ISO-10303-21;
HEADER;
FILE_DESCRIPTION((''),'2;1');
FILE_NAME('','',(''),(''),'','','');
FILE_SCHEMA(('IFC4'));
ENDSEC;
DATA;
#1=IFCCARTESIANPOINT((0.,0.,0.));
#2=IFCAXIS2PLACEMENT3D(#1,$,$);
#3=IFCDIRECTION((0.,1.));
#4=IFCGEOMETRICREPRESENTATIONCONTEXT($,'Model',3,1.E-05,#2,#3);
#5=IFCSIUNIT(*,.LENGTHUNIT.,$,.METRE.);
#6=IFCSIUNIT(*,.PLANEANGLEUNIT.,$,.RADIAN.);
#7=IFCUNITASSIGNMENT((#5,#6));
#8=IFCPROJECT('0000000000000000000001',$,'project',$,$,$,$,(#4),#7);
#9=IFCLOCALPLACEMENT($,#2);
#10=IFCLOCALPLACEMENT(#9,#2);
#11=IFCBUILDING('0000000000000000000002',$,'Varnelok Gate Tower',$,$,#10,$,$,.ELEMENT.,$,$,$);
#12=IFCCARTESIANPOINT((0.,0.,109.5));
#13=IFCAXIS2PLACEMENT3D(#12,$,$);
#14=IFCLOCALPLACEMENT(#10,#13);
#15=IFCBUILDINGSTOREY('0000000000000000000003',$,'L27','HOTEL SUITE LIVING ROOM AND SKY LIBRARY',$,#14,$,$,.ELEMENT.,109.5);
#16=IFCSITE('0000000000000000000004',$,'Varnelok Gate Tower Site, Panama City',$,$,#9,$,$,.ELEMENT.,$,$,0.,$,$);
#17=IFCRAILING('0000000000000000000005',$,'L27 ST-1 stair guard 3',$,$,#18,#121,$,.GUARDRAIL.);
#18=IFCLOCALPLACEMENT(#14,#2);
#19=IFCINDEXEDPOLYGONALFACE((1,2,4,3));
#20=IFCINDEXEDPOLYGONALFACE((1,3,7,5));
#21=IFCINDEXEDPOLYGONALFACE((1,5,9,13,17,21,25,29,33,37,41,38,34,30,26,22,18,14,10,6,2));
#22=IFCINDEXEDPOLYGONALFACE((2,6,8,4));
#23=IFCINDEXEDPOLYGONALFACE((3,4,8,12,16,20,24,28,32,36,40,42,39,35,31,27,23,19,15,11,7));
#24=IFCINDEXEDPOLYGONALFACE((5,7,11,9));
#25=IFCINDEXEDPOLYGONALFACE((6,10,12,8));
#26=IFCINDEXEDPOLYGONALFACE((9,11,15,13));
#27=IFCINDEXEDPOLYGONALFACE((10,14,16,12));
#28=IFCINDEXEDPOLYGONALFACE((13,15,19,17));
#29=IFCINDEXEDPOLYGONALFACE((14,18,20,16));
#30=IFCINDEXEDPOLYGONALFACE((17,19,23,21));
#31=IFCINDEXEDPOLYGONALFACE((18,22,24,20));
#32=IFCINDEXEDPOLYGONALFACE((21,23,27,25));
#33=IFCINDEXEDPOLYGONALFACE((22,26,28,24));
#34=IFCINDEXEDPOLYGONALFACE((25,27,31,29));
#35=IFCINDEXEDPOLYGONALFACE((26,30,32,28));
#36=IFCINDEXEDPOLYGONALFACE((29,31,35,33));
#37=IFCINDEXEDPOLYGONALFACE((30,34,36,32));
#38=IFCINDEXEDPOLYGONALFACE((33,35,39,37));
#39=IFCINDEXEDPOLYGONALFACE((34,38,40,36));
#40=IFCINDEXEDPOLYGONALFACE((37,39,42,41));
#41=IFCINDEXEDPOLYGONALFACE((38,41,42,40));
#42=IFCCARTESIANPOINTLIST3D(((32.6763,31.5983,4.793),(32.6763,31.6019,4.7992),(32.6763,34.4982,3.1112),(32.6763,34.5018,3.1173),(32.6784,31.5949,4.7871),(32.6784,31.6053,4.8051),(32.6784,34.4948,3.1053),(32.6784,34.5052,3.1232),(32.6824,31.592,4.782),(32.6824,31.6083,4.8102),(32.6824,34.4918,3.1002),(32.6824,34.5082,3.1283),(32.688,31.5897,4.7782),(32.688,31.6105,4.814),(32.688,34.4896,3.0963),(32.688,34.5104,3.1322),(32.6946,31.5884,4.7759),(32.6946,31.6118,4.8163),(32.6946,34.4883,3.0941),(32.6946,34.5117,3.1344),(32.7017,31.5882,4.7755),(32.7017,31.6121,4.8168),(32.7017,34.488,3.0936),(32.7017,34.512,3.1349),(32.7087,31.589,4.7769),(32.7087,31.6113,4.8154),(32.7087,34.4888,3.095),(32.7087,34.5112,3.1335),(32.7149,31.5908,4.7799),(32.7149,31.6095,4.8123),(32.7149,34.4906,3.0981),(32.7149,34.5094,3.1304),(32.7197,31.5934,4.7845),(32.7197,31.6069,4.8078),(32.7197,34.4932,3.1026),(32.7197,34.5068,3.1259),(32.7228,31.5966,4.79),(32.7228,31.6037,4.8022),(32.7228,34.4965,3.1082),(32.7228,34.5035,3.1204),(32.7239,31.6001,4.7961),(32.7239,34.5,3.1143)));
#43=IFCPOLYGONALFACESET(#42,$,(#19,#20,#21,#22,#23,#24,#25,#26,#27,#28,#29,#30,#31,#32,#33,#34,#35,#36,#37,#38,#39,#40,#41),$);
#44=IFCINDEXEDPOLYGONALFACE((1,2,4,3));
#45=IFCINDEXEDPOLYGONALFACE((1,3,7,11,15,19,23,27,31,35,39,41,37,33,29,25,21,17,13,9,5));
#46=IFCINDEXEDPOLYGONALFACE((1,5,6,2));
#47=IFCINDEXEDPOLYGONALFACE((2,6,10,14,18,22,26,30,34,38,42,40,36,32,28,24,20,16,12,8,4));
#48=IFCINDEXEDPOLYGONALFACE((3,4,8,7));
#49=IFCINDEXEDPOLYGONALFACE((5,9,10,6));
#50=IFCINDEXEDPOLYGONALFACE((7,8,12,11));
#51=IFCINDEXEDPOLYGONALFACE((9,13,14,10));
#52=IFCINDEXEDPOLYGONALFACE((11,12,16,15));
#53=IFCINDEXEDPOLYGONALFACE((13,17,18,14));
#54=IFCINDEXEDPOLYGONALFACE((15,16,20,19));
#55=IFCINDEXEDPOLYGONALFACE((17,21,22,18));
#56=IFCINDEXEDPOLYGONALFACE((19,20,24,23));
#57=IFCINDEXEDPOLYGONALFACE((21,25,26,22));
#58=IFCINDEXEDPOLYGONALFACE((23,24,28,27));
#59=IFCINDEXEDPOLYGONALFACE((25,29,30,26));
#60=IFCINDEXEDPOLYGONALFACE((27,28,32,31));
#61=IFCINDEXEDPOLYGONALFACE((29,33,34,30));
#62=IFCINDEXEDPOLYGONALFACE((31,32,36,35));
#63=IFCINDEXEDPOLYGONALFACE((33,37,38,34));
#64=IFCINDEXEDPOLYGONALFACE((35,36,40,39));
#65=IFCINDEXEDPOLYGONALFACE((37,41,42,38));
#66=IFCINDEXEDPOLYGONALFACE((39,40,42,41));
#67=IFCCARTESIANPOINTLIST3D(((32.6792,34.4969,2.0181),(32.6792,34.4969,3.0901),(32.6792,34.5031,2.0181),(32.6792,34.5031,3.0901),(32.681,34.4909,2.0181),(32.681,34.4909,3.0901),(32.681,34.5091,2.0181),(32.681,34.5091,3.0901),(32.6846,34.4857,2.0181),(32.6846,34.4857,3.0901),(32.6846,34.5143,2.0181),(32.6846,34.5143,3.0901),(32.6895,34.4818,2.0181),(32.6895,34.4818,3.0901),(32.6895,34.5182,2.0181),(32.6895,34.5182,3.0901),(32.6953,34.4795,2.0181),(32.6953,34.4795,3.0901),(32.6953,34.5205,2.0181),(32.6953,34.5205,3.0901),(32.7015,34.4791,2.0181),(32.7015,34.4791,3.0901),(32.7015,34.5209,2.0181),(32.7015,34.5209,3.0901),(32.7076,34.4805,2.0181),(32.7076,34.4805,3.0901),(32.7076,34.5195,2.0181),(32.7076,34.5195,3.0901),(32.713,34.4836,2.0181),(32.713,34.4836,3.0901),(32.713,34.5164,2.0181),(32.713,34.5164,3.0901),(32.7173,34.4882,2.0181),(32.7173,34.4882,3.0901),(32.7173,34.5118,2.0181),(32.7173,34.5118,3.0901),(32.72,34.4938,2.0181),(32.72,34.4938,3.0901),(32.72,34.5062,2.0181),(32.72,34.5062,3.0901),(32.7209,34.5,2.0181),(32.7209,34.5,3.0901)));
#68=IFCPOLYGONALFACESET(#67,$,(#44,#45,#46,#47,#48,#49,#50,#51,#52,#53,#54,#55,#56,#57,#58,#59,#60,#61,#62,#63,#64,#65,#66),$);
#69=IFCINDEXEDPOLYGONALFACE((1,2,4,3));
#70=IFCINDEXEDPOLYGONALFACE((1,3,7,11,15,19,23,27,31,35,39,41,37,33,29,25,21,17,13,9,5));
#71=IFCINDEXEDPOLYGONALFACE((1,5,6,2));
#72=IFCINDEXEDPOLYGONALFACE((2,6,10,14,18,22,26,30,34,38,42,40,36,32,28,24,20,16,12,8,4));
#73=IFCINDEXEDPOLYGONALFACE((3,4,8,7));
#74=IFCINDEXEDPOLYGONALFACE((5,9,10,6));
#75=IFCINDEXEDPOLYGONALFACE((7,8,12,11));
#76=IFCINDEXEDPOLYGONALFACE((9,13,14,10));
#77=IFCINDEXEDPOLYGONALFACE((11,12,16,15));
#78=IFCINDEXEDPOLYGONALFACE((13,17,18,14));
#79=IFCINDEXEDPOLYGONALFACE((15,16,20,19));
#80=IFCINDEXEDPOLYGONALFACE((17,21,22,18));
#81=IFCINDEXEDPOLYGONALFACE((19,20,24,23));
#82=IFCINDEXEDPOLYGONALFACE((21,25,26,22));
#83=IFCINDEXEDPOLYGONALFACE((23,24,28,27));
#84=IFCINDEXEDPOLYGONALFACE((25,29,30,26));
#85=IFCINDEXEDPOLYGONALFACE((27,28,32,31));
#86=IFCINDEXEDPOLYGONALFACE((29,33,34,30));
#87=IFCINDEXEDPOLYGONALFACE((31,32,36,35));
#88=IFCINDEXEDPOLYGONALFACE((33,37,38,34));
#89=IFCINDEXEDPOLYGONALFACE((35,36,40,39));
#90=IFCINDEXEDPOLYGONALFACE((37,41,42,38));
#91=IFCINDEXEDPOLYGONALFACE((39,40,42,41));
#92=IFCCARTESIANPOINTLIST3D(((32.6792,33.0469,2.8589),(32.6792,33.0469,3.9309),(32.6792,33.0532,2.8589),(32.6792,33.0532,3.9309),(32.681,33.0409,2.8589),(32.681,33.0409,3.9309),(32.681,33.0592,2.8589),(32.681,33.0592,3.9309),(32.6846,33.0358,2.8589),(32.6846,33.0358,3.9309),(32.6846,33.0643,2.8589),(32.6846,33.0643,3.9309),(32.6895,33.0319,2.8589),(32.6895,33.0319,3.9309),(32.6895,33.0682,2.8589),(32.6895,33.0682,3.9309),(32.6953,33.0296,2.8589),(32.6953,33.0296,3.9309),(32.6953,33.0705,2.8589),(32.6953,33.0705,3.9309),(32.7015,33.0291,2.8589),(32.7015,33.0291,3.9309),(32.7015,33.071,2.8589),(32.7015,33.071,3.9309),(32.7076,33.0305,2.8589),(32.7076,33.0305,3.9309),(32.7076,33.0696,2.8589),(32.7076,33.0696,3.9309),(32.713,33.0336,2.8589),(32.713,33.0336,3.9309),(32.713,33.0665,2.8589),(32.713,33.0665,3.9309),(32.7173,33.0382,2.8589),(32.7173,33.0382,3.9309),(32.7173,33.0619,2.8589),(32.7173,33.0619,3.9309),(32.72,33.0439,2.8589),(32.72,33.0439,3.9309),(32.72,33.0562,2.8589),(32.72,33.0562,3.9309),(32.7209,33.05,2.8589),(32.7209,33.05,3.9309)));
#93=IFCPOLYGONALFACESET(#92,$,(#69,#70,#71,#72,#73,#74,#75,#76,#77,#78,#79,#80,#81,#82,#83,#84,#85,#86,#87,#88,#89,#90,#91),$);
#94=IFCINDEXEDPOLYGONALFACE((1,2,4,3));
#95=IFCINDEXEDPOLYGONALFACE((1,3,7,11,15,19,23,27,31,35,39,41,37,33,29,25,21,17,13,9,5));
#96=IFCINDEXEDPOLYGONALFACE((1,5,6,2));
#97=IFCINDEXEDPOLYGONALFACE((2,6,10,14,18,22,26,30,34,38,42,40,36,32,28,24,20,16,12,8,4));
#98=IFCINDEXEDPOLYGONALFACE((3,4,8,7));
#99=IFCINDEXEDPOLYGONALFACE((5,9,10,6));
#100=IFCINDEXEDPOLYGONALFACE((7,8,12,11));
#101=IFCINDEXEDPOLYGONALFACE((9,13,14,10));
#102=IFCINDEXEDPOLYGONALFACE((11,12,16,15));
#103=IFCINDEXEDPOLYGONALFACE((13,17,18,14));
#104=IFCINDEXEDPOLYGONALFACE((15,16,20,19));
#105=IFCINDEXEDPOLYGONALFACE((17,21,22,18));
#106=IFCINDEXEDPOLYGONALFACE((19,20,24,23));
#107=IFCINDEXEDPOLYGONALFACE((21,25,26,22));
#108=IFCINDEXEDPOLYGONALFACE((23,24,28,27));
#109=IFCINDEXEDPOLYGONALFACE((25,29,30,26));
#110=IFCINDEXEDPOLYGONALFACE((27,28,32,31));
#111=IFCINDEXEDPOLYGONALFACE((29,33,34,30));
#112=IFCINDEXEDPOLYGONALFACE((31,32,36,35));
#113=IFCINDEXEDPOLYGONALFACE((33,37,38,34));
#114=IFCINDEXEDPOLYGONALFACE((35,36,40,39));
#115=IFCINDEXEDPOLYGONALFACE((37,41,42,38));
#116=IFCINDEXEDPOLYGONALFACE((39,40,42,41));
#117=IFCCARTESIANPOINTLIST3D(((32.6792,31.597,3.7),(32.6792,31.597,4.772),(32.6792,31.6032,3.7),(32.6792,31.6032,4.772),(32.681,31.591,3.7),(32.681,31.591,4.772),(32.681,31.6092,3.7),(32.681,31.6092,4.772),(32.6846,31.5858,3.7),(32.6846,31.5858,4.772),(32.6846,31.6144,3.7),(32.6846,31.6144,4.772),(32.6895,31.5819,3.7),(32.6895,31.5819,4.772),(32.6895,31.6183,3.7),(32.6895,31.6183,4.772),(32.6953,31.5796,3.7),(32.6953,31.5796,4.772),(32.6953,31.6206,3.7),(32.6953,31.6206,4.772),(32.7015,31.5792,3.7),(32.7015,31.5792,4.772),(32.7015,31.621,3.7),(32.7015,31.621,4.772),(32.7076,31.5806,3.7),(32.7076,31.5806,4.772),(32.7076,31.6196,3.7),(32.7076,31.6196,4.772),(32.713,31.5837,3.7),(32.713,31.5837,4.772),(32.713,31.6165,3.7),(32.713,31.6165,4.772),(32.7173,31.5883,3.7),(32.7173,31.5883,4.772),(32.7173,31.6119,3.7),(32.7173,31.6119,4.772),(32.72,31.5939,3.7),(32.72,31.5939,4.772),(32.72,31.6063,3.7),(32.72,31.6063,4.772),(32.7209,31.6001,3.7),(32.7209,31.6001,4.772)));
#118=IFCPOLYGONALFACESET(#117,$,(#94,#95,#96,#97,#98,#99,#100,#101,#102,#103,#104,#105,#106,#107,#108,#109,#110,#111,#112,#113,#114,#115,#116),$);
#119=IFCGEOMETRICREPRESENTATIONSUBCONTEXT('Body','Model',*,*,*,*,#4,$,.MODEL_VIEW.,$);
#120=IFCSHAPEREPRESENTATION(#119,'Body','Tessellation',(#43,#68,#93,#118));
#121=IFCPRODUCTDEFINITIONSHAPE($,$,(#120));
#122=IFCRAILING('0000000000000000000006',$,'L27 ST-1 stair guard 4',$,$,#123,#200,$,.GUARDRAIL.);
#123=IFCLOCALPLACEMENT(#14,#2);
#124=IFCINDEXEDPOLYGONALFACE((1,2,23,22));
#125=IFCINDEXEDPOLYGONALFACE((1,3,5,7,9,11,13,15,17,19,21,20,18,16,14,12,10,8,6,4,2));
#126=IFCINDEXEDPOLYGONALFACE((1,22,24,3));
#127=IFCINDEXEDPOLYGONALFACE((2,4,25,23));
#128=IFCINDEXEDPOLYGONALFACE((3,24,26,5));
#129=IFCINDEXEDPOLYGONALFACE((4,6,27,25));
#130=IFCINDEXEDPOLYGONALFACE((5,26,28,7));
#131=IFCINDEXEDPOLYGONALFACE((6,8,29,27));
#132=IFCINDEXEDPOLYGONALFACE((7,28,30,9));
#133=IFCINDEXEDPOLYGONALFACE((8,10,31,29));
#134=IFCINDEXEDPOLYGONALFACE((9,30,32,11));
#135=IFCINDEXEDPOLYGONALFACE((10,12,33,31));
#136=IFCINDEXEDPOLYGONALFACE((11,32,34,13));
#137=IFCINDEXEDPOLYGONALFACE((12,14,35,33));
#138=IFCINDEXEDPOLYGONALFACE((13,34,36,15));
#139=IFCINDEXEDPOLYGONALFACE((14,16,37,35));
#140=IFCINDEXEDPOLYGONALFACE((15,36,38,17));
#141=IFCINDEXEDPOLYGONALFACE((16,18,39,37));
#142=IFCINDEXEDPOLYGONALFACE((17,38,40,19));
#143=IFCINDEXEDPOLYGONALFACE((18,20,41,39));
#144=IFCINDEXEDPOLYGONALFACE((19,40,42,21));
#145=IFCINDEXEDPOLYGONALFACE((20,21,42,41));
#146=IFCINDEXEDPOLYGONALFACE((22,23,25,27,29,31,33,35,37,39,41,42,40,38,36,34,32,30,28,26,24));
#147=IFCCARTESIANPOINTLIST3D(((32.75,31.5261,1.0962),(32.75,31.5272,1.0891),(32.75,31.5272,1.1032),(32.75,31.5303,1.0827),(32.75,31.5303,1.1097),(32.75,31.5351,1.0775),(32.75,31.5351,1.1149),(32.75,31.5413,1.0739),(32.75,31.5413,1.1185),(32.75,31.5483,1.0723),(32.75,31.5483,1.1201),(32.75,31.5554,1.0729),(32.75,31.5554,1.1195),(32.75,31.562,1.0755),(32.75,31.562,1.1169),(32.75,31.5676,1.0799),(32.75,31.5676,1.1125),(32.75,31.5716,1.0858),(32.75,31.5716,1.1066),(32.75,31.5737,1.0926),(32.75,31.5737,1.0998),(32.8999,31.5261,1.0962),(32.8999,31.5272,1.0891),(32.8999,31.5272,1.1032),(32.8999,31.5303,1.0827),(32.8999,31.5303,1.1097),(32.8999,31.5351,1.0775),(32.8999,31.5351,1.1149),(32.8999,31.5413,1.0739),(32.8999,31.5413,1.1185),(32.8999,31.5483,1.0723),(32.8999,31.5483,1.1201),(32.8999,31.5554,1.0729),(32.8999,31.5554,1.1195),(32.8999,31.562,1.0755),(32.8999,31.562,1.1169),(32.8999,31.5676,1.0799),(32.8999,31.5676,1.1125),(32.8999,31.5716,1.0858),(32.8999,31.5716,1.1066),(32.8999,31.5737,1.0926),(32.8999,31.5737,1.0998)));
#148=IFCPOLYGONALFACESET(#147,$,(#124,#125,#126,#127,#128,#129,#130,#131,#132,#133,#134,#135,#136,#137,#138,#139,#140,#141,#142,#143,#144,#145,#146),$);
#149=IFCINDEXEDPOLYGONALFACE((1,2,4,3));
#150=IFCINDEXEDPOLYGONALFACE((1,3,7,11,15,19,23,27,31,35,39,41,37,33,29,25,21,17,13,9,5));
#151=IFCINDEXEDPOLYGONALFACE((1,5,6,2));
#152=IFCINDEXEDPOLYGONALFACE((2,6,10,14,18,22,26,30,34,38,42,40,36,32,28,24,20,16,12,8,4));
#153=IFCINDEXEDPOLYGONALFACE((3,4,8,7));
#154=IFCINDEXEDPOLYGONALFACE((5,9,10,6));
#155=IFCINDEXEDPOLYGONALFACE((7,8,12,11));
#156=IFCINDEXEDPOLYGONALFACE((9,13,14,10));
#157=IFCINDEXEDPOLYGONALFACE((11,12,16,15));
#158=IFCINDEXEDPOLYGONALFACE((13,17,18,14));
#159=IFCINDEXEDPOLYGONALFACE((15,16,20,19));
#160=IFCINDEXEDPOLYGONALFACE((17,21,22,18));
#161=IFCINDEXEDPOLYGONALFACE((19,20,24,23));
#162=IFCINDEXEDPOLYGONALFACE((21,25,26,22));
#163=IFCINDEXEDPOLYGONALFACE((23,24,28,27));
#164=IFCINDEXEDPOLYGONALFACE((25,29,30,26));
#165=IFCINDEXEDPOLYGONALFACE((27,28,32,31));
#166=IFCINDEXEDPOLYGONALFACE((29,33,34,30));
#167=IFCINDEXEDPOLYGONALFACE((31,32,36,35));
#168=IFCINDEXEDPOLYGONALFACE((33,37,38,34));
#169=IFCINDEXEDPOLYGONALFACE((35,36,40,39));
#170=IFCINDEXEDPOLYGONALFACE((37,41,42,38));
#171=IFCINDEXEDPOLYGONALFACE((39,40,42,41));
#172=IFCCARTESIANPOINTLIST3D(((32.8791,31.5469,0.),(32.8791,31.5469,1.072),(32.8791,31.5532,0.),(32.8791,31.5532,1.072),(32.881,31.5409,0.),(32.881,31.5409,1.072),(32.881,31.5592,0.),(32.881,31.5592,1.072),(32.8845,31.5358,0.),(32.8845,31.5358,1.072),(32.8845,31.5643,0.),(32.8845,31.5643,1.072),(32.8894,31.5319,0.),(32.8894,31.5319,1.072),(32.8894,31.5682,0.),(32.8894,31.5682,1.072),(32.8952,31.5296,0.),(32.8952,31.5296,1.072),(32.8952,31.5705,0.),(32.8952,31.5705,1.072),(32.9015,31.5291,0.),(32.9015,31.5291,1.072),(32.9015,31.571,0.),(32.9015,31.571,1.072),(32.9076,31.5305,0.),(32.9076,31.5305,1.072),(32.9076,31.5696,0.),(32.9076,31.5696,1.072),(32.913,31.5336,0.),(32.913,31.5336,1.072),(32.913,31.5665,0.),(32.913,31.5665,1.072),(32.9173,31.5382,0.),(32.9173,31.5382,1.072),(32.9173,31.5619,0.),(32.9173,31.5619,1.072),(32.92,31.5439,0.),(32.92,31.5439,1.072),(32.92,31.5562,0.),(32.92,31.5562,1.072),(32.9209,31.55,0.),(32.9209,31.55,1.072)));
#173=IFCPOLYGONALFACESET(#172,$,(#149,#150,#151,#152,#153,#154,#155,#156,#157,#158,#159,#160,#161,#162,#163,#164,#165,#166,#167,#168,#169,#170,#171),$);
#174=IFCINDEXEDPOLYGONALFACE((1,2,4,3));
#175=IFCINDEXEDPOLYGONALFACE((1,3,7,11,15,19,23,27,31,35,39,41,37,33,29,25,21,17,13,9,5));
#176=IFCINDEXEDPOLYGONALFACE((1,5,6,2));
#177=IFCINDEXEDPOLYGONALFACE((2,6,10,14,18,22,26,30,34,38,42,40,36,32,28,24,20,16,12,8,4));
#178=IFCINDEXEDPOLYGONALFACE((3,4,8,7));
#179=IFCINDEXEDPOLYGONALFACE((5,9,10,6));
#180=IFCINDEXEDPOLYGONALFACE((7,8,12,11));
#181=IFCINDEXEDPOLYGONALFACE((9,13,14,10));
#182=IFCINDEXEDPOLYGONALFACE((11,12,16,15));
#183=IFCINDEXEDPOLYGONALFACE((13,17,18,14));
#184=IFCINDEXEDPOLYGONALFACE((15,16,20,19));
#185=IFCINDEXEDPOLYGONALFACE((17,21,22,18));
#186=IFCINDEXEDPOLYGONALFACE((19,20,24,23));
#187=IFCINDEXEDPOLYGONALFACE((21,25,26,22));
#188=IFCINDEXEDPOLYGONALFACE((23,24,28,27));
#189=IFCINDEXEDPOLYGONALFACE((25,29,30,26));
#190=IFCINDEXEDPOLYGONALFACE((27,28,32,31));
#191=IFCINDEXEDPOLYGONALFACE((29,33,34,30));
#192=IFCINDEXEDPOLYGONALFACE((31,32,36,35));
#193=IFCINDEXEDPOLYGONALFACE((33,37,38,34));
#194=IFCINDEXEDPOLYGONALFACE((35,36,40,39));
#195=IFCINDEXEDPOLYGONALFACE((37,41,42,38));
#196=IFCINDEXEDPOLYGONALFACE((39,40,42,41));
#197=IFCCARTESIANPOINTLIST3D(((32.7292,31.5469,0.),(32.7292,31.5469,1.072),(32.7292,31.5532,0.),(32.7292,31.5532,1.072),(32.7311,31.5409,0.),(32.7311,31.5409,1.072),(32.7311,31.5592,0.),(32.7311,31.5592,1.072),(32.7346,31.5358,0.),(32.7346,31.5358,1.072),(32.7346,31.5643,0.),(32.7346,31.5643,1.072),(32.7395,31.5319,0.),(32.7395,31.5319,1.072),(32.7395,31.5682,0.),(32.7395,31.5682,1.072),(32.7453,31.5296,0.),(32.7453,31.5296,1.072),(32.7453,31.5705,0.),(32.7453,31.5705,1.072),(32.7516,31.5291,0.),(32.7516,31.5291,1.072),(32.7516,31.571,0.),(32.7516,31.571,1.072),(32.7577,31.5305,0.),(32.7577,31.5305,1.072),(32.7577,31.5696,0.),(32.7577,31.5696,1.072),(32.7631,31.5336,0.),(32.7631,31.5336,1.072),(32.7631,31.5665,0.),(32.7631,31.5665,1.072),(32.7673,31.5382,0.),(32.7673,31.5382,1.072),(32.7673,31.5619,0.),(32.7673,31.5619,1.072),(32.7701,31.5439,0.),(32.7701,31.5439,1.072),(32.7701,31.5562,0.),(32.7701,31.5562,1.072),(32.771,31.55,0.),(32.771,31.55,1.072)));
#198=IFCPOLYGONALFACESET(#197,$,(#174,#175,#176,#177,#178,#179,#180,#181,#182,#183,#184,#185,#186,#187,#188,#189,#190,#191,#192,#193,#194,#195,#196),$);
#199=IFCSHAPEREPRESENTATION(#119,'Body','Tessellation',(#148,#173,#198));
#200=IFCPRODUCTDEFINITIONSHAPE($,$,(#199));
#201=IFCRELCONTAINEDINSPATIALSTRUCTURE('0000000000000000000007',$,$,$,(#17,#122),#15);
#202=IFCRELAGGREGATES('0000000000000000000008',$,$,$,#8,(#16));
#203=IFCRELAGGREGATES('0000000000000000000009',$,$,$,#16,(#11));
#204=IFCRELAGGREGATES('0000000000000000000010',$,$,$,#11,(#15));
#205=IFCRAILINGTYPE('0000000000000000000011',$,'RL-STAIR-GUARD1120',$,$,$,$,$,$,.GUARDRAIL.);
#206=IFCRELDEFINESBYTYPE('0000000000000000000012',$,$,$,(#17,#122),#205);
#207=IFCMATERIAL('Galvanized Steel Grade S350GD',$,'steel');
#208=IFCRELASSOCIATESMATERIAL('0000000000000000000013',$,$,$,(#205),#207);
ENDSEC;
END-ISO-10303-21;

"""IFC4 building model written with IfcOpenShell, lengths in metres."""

from ifc_helpers import new_model, si_unit, direction, frame, origin, origin_2d, place, context, subcontext, project, spatial, circle, extrude, material, type_object, element, save


model = new_model("IFC4")

# Units and contexts
model_context = context("Model", 3, precision=1e-05, world=origin(), true_north=direction((0.0, 1.0)))
body_context = subcontext(model_context, "Body", "Model", "MODEL_VIEW")
ifc_project = project(units=[si_unit("LENGTHUNIT", "METRE"), si_unit("PLANEANGLEUNIT", "RADIAN")], contexts=[model_context])

# Site, building, storey
site_placement = place(None, origin())
site = spatial("IfcSite", under=ifc_project, at=site_placement, Name="Varnelok Gate Tower Site, Panama City", CompositionType="ELEMENT", RefElevation=0.0)
building_placement = place(site_placement, origin())
building = spatial("IfcBuilding", under=site, at=building_placement, Name="Varnelok Gate Tower", CompositionType="ELEMENT")
storey_placement = place(building_placement, frame((0.0, 0.0, 109.5)))
storey = spatial("IfcBuildingStorey", under=building, at=storey_placement, Name="L27", Description="HOTEL SUITE LIVING ROOM AND SKY LIBRARY", CompositionType="ELEMENT", Elevation=109.5)

# Shared definitions
ifc_material_1 = material(Name="Galvanized Steel Grade S350GD", Category="steel")

# Railings
railing_type_1 = type_object("IfcRailingType", Name="RL-STAIR-GUARD1120", PredefinedType="GUARDRAIL", material=ifc_material_1)
railing_1_placement = place(storey_placement, frame((32.7, 34.5, 2.0181)))
element("IfcRailing", 1, at=railing_1_placement, inside=storey, type_object=railing_type_1, Name="L27 ST-1 stair guard 3", PredefinedType="GUARDRAIL", context=body_context, shape_type="SweptSolid", body=[
    extrude(circle(Radius=0.0239, at=origin_2d()), frame((0.0, 0.0, 1.0962), z_axis=(0.0, -0.865039, 0.501705), x_axis=(1.0, 0.0, 0.0)), (0.0, 0.0, 1.0), 3.3523),
    extrude(circle(Radius=0.021, at=origin_2d()), origin(), (0.0, 0.0, 1.0), 1.072),
    extrude(circle(Radius=0.021, at=origin_2d()), frame((0.0, -1.45, 0.8408)), (0.0, 0.0, 1.0), 1.072),
    extrude(circle(Radius=0.021, at=origin_2d()), frame((0.0, -2.8999, 1.6819)), (0.0, 0.0, 1.0), 1.072),
])
railing_2_placement = place(storey_placement, frame((32.8999, 31.55, 0.0)))
element("IfcRailing", 2, at=railing_2_placement, inside=storey, type_object=railing_type_1, Name="L27 ST-1 stair guard 4", PredefinedType="GUARDRAIL", context=body_context, shape_type="SweptSolid", body=[
    extrude(circle(Radius=0.0239, at=origin_2d()), frame((0.0, 0.0, 1.0962), z_axis=(-1.0, 0.0, 0.0), x_axis=(0.0, -1.0, 0.0)), (0.0, 0.0, 1.0), 0.1499),
    extrude(circle(Radius=0.021, at=origin_2d()), origin(), (0.0, 0.0, 1.0), 1.072),
    extrude(circle(Radius=0.021, at=origin_2d()), frame((-0.1499, 0.0, 0.0)), (0.0, 0.0, 1.0), 1.072),
])

save(model, "model.ifc")
